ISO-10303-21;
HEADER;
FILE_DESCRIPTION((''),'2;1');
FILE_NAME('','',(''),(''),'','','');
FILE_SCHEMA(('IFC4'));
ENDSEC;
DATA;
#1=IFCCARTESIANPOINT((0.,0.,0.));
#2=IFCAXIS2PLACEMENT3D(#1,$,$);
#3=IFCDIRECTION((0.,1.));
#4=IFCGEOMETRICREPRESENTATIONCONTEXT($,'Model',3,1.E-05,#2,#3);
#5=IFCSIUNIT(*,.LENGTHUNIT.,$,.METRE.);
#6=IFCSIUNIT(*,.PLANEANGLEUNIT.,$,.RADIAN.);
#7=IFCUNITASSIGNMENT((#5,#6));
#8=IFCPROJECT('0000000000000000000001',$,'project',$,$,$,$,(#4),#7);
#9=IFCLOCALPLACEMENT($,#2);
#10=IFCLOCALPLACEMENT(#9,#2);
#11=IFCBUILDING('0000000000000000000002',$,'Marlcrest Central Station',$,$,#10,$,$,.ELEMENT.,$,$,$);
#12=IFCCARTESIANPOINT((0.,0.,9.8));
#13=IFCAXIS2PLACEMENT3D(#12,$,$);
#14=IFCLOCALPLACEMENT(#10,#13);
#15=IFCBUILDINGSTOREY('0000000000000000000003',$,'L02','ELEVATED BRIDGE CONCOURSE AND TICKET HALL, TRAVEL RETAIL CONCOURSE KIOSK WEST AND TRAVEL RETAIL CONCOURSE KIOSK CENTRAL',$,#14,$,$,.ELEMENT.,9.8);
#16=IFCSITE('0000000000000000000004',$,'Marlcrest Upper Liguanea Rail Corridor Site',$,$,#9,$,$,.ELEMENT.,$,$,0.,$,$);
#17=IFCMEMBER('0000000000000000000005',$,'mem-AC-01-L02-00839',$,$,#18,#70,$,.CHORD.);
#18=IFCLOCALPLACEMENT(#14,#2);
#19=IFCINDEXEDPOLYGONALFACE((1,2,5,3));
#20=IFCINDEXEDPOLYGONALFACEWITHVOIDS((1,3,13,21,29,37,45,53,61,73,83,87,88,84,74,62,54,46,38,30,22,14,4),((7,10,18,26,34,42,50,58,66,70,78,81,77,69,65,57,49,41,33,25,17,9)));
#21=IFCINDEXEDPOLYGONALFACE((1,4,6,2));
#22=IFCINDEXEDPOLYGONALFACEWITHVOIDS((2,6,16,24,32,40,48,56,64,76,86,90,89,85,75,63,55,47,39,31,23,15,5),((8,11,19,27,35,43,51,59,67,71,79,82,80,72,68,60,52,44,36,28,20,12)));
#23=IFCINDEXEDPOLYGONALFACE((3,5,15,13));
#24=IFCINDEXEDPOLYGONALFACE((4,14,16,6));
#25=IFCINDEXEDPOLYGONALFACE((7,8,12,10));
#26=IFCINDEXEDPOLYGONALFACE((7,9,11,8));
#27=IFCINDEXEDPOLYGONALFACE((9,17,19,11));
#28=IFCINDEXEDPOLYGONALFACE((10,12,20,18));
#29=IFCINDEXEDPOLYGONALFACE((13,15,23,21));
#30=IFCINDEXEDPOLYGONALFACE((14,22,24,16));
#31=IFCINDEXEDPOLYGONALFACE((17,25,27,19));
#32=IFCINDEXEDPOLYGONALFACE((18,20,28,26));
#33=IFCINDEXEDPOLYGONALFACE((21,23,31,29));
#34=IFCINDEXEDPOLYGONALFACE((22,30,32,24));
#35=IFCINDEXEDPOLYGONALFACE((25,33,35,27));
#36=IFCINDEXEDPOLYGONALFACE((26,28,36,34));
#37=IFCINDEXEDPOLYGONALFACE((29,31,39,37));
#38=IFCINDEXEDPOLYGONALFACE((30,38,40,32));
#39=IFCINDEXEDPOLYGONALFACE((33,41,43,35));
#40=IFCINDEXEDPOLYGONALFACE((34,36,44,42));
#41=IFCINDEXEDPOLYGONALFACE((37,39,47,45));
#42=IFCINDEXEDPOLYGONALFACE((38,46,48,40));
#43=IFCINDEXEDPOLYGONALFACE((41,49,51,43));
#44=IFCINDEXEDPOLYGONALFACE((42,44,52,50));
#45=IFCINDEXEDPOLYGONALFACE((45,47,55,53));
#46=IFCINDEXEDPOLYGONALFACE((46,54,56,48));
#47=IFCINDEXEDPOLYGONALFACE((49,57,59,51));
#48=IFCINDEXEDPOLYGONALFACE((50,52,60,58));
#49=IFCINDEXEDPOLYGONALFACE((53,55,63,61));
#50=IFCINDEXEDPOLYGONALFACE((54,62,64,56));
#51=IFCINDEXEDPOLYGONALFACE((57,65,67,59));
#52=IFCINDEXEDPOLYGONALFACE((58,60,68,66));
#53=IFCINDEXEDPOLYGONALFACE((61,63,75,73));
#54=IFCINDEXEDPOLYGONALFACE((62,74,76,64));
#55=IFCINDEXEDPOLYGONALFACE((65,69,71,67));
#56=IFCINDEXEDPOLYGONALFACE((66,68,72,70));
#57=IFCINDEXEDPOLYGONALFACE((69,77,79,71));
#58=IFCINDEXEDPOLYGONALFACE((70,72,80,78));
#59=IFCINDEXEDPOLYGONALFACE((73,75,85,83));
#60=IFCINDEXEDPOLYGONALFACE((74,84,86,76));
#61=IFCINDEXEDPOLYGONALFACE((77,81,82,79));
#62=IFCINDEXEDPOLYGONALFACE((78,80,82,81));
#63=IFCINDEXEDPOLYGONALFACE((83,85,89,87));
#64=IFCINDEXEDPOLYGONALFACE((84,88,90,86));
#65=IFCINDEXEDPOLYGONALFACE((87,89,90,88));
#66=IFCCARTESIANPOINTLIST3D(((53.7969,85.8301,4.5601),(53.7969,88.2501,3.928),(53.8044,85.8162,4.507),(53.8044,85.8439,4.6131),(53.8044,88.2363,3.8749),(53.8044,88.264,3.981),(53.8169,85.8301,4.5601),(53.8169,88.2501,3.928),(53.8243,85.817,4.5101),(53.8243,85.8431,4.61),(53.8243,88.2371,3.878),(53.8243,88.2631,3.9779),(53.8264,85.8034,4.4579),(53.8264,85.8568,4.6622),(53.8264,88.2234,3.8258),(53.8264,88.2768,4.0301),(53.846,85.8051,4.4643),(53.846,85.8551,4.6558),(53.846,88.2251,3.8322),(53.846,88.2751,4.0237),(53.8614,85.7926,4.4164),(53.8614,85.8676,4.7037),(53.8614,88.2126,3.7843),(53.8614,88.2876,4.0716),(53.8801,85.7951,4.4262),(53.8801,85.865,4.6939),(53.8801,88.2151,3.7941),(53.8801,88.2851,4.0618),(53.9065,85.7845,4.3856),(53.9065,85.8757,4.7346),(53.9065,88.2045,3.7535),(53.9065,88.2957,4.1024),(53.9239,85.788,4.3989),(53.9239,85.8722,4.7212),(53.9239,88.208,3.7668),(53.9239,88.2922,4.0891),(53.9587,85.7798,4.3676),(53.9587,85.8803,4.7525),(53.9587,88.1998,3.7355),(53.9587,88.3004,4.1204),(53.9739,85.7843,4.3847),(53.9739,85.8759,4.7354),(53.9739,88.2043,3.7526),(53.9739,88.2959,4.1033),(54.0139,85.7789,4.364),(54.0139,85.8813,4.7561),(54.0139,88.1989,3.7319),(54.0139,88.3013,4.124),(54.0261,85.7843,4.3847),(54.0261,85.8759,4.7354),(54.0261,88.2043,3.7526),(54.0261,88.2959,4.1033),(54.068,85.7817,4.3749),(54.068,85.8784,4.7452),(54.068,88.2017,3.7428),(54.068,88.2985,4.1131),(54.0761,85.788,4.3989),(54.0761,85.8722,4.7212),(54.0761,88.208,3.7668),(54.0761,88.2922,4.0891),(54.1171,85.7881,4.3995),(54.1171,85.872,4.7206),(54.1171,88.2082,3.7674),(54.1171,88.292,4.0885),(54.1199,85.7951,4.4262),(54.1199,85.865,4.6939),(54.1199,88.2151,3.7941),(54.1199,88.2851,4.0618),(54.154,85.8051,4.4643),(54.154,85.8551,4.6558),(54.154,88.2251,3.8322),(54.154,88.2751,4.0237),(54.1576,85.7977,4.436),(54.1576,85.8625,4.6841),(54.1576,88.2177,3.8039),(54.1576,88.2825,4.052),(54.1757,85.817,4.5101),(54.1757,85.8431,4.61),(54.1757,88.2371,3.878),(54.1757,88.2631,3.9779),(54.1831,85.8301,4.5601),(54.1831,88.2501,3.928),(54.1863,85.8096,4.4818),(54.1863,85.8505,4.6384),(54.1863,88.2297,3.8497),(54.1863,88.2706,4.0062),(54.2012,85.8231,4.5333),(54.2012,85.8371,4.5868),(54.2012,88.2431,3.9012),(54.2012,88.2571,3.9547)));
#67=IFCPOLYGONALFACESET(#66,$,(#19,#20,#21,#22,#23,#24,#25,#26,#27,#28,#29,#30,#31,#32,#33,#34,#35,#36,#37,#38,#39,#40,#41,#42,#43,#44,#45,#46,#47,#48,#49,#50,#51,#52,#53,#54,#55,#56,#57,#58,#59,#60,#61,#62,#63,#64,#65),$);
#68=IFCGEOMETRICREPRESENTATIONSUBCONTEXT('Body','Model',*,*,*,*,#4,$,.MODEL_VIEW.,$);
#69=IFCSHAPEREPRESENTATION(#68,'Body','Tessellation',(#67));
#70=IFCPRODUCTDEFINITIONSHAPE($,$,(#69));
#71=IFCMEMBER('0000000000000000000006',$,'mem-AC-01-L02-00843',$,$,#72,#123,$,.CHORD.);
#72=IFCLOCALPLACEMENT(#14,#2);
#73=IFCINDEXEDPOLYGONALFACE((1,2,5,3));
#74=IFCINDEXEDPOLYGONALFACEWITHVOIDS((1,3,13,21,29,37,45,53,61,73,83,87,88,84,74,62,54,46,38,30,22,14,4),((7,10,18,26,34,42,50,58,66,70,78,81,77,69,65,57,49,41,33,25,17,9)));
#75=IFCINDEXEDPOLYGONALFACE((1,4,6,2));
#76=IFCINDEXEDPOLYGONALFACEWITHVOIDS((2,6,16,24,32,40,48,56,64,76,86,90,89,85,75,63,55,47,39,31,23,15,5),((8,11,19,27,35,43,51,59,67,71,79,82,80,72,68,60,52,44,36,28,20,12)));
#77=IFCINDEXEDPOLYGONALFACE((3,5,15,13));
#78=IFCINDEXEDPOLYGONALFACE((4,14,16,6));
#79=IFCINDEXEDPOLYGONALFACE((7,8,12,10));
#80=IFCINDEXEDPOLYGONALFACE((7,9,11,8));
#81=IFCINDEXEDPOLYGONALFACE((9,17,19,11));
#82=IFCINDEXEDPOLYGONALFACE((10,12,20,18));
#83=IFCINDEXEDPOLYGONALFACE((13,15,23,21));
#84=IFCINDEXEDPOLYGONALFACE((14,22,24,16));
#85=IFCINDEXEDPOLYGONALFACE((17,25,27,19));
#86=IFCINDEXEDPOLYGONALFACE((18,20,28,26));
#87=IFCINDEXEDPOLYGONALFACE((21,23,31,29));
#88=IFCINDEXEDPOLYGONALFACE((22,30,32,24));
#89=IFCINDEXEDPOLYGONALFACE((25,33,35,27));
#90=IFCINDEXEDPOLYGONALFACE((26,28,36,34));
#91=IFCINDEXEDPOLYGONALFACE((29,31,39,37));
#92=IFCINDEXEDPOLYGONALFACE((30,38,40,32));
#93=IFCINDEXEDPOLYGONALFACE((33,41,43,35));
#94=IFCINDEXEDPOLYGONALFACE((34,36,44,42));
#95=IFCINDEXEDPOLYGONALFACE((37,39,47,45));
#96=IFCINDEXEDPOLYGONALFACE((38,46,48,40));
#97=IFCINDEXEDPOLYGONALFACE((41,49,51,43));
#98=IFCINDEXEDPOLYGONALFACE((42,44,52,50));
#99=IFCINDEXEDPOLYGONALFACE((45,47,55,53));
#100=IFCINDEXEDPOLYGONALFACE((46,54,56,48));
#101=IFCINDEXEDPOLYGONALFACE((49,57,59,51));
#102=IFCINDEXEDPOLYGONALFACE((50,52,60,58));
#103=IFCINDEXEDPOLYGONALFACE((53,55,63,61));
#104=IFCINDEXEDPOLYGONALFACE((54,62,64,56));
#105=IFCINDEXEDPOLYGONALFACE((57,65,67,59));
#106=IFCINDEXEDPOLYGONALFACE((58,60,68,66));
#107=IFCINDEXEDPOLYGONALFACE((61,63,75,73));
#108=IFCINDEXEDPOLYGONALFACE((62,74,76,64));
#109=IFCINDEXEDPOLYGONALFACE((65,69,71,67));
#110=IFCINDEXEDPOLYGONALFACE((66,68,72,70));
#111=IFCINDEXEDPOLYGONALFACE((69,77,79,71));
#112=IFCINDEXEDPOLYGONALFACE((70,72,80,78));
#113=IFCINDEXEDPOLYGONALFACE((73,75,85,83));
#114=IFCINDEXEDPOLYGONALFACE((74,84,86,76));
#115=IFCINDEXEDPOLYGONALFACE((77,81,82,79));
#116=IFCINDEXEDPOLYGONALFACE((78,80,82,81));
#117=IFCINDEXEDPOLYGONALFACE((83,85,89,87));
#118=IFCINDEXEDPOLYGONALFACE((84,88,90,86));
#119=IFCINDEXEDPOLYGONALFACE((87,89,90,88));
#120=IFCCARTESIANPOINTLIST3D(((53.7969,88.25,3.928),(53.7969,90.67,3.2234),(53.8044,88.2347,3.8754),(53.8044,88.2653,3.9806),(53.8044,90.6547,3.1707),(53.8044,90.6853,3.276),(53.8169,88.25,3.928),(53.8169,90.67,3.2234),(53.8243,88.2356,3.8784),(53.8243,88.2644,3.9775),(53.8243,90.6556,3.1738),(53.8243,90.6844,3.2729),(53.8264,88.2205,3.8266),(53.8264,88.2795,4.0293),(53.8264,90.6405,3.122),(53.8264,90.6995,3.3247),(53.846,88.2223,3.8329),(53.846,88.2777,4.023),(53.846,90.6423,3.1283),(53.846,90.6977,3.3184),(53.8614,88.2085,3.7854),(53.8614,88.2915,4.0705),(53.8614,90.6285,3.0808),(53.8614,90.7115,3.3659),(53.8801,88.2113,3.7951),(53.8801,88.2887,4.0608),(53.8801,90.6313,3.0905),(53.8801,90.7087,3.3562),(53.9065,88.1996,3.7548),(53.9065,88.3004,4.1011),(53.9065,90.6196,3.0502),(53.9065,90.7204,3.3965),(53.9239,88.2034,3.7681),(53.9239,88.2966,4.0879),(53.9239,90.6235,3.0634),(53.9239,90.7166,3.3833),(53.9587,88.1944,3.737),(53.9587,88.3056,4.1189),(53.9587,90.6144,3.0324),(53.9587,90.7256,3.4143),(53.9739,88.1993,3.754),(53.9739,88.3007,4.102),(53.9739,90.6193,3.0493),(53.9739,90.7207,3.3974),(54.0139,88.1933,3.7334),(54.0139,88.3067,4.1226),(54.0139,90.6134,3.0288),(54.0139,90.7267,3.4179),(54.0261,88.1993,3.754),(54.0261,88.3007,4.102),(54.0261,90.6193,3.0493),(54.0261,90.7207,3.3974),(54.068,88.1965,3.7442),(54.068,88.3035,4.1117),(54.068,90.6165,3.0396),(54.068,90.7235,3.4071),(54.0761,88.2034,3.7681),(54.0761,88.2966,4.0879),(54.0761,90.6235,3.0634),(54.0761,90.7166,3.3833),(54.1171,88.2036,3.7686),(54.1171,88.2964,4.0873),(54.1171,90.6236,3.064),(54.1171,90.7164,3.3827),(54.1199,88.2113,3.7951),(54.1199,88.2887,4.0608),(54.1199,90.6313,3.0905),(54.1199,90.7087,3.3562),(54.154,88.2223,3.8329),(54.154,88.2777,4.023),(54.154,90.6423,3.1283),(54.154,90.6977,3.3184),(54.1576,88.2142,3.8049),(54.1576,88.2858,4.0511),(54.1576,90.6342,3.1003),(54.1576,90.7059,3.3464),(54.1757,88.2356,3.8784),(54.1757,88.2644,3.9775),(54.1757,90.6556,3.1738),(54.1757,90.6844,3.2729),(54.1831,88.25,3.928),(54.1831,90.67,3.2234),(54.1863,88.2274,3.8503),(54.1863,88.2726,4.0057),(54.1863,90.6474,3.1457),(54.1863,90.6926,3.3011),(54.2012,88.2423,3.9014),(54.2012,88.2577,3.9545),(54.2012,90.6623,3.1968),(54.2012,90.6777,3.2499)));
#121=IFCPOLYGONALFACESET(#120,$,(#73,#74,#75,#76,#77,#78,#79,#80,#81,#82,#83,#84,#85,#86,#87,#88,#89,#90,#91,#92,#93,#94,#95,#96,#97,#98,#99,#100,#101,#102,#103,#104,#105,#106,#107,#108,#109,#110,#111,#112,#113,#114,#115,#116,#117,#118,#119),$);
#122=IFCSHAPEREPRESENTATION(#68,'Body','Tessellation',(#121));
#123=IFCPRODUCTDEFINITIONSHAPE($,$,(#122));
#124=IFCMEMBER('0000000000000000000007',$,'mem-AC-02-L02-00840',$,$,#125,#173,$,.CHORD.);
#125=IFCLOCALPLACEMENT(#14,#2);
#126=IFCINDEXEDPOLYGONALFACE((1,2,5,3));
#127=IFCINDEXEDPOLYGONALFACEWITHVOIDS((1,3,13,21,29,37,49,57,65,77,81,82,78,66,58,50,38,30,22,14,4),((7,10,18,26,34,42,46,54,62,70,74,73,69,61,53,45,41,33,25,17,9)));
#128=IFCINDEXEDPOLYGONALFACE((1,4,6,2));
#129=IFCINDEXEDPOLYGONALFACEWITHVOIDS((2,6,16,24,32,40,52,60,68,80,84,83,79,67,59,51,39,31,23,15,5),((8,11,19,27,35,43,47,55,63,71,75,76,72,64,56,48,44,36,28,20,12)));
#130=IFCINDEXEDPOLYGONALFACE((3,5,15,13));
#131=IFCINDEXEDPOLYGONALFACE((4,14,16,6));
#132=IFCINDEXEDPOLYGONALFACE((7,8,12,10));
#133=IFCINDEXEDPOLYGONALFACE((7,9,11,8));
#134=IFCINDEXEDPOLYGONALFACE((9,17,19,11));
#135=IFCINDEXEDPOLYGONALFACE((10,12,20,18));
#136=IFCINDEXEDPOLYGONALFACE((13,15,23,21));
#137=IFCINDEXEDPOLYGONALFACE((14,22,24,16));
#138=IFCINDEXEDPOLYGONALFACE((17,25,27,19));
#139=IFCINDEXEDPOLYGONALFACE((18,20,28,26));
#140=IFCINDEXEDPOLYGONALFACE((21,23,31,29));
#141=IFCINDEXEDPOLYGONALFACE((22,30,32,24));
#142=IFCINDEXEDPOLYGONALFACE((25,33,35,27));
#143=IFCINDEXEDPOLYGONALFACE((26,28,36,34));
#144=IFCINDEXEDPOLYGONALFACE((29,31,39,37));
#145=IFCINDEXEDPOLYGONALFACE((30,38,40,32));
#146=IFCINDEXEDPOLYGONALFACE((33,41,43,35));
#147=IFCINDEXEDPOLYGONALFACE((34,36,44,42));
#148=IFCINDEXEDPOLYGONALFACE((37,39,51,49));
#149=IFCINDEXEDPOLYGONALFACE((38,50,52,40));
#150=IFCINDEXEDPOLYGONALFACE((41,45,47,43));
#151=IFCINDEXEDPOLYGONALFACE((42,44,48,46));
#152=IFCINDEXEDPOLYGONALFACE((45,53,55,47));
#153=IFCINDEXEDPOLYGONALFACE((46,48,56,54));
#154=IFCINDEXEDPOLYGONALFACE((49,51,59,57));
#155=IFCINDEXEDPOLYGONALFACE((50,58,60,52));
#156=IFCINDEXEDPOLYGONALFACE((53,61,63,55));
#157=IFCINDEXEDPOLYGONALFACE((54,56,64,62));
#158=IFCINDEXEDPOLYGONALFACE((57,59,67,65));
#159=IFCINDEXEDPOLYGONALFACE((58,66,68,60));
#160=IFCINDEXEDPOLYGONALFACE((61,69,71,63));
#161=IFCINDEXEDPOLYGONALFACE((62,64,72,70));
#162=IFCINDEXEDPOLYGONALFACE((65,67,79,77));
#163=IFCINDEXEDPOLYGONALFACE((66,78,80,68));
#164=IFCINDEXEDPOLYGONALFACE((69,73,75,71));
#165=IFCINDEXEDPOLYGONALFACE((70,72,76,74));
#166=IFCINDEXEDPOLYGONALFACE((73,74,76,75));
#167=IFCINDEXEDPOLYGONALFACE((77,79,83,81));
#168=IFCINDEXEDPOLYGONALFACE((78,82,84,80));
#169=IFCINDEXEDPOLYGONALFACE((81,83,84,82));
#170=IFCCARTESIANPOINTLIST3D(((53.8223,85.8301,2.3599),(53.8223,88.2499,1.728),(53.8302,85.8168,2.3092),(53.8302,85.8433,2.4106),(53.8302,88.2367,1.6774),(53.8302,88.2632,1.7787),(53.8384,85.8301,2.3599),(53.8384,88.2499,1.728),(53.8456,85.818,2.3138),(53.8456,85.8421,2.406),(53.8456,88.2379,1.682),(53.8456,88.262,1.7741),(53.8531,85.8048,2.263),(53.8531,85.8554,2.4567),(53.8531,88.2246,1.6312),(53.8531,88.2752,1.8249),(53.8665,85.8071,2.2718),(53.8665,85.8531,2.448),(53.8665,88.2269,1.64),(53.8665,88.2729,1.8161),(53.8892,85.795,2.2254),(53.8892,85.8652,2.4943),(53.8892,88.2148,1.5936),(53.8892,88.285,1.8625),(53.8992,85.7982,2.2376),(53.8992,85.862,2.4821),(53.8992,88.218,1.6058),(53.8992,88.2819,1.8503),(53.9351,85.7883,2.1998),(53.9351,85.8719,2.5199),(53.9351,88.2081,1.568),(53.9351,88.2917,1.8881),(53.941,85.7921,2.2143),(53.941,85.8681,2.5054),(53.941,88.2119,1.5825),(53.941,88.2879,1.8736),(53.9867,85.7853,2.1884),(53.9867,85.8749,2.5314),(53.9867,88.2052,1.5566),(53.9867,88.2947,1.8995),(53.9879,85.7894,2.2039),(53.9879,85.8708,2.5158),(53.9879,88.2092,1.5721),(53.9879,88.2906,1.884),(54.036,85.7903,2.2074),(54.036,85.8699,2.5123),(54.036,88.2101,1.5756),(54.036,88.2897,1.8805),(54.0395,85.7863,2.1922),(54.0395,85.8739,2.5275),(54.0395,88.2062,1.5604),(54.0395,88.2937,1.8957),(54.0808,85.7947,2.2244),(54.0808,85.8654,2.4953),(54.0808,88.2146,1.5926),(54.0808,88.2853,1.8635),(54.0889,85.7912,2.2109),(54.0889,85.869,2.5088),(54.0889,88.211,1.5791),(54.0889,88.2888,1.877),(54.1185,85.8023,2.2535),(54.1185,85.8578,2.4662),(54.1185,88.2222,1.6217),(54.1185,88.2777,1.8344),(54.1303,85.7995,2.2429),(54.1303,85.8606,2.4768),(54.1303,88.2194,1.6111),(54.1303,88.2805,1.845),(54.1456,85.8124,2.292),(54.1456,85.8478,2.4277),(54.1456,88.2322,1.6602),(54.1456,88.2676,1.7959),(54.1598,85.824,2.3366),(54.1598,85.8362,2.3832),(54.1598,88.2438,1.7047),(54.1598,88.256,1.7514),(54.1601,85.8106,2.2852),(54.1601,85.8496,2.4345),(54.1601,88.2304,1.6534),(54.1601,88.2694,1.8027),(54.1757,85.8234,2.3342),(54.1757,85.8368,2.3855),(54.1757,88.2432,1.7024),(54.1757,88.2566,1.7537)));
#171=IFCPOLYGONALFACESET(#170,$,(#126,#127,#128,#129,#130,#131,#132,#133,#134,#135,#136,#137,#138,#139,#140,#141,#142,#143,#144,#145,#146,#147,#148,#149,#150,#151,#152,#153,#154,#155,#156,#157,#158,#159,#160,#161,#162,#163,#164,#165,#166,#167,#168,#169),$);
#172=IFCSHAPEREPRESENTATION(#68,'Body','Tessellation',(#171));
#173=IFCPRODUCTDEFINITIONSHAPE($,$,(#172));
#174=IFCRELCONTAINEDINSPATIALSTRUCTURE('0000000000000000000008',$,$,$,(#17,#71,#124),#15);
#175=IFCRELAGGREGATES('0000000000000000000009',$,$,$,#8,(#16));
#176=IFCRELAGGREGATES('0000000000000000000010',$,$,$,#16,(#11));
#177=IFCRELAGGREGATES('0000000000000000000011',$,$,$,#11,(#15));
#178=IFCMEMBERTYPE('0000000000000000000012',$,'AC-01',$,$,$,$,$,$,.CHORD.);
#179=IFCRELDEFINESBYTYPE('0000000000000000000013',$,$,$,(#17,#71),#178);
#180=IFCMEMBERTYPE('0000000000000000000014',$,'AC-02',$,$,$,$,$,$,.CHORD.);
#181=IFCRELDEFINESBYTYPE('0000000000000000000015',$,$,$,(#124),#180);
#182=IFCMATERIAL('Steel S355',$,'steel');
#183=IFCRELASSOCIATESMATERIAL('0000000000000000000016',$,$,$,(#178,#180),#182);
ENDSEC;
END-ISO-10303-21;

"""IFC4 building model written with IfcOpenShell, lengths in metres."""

from ifc_helpers import new_model, si_unit, direction, frame, origin, origin_2d, place, context, subcontext, project, spatial, hollow_circle, extrude, material, material_profile, profile_set, type_object, element, save


model = new_model("IFC4")

# Units and contexts
model_context = context("Model", 3, precision=1e-05, world=origin(), true_north=direction((0.0, 1.0)))
body_context = subcontext(model_context, "Body", "Model", "MODEL_VIEW")
ifc_project = project(units=[si_unit("LENGTHUNIT", "METRE"), si_unit("PLANEANGLEUNIT", "RADIAN")], contexts=[model_context])

# Site, building, storey
site_placement = place(None, origin())
site = spatial("IfcSite", under=ifc_project, at=site_placement, Name="Marlcrest Upper Liguanea Rail Corridor Site", CompositionType="ELEMENT", RefElevation=0.0)
building_placement = place(site_placement, origin())
building = spatial("IfcBuilding", under=site, at=building_placement, Name="Marlcrest Central Station", CompositionType="ELEMENT")
storey_placement = place(building_placement, frame((0.0, 0.0, 9.8)))
storey = spatial("IfcBuildingStorey", under=building, at=storey_placement, Name="L02", Description="ELEVATED BRIDGE CONCOURSE AND TICKET HALL, TRAVEL RETAIL CONCOURSE KIOSK WEST AND TRAVEL RETAIL CONCOURSE KIOSK CENTRAL", CompositionType="ELEMENT", Elevation=9.8)

# Members
ifc_material_1 = material(Name="Steel S355", Category="steel")
ifc_material_profile_1 = material_profile(ifc_material_1, hollow_circle(Radius=0.2031, WallThickness=0.02, at=origin_2d()), Name="CHS 406.4x20")
ifc_profile_set_1 = profile_set([ifc_material_profile_1], Name="Steel S355")
member_type_1 = type_object("IfcMemberType", Name="AC-01", PredefinedType="CHORD", material=ifc_profile_set_1)
member_1_placement = place(storey_placement, frame((54.0, 85.8301, 4.5601), z_axis=(0.0, 0.967539, -0.25272), x_axis=(-1.0, 0.0, 0.0)))
element("IfcMember", 1, at=member_1_placement, inside=storey, type_object=member_type_1, Name="mem-AC-01-L02-00839", PredefinedType="CHORD", context=body_context, shape_type="SweptSolid", body=[
    extrude(hollow_circle(Radius=0.2031, WallThickness=0.02, at=origin_2d()), origin(), (0.0, 0.0, 1.0), 2.5012),
])
member_2_placement = place(storey_placement, frame((54.0, 88.25, 3.928), z_axis=(0.0, 0.96013, -0.279554), x_axis=(-1.0, 0.0, 0.0)))
element("IfcMember", 2, at=member_2_placement, inside=storey, type_object=member_type_1, Name="mem-AC-01-L02-00843", PredefinedType="CHORD", context=body_context, shape_type="SweptSolid", body=[
    extrude(hollow_circle(Radius=0.2031, WallThickness=0.02, at=origin_2d()), origin(), (0.0, 0.0, 1.0), 2.5205),
])
ifc_material_profile_2 = material_profile(ifc_material_1, hollow_circle(Radius=0.1777, WallThickness=0.0161, at=origin_2d()), Name="CHS 355.6x16")
ifc_profile_set_2 = profile_set([ifc_material_profile_2], Name="Steel S355")
member_type_2 = type_object("IfcMemberType", Name="AC-02", PredefinedType="CHORD", material=ifc_profile_set_2)
member_3_placement = place(storey_placement, frame((54.0, 85.8301, 2.3599), z_axis=(0.0, 0.967563, -0.252629), x_axis=(-1.0, 0.0, 0.0)))
element("IfcMember", 3, at=member_3_placement, inside=storey, type_object=member_type_2, Name="mem-AC-02-L02-00840", PredefinedType="CHORD", context=body_context, shape_type="SweptSolid", body=[
    extrude(hollow_circle(Radius=0.1777, WallThickness=0.0161, at=origin_2d()), origin(), (0.0, 0.0, 1.0), 2.501),
])

save(model, "model.ifc")
